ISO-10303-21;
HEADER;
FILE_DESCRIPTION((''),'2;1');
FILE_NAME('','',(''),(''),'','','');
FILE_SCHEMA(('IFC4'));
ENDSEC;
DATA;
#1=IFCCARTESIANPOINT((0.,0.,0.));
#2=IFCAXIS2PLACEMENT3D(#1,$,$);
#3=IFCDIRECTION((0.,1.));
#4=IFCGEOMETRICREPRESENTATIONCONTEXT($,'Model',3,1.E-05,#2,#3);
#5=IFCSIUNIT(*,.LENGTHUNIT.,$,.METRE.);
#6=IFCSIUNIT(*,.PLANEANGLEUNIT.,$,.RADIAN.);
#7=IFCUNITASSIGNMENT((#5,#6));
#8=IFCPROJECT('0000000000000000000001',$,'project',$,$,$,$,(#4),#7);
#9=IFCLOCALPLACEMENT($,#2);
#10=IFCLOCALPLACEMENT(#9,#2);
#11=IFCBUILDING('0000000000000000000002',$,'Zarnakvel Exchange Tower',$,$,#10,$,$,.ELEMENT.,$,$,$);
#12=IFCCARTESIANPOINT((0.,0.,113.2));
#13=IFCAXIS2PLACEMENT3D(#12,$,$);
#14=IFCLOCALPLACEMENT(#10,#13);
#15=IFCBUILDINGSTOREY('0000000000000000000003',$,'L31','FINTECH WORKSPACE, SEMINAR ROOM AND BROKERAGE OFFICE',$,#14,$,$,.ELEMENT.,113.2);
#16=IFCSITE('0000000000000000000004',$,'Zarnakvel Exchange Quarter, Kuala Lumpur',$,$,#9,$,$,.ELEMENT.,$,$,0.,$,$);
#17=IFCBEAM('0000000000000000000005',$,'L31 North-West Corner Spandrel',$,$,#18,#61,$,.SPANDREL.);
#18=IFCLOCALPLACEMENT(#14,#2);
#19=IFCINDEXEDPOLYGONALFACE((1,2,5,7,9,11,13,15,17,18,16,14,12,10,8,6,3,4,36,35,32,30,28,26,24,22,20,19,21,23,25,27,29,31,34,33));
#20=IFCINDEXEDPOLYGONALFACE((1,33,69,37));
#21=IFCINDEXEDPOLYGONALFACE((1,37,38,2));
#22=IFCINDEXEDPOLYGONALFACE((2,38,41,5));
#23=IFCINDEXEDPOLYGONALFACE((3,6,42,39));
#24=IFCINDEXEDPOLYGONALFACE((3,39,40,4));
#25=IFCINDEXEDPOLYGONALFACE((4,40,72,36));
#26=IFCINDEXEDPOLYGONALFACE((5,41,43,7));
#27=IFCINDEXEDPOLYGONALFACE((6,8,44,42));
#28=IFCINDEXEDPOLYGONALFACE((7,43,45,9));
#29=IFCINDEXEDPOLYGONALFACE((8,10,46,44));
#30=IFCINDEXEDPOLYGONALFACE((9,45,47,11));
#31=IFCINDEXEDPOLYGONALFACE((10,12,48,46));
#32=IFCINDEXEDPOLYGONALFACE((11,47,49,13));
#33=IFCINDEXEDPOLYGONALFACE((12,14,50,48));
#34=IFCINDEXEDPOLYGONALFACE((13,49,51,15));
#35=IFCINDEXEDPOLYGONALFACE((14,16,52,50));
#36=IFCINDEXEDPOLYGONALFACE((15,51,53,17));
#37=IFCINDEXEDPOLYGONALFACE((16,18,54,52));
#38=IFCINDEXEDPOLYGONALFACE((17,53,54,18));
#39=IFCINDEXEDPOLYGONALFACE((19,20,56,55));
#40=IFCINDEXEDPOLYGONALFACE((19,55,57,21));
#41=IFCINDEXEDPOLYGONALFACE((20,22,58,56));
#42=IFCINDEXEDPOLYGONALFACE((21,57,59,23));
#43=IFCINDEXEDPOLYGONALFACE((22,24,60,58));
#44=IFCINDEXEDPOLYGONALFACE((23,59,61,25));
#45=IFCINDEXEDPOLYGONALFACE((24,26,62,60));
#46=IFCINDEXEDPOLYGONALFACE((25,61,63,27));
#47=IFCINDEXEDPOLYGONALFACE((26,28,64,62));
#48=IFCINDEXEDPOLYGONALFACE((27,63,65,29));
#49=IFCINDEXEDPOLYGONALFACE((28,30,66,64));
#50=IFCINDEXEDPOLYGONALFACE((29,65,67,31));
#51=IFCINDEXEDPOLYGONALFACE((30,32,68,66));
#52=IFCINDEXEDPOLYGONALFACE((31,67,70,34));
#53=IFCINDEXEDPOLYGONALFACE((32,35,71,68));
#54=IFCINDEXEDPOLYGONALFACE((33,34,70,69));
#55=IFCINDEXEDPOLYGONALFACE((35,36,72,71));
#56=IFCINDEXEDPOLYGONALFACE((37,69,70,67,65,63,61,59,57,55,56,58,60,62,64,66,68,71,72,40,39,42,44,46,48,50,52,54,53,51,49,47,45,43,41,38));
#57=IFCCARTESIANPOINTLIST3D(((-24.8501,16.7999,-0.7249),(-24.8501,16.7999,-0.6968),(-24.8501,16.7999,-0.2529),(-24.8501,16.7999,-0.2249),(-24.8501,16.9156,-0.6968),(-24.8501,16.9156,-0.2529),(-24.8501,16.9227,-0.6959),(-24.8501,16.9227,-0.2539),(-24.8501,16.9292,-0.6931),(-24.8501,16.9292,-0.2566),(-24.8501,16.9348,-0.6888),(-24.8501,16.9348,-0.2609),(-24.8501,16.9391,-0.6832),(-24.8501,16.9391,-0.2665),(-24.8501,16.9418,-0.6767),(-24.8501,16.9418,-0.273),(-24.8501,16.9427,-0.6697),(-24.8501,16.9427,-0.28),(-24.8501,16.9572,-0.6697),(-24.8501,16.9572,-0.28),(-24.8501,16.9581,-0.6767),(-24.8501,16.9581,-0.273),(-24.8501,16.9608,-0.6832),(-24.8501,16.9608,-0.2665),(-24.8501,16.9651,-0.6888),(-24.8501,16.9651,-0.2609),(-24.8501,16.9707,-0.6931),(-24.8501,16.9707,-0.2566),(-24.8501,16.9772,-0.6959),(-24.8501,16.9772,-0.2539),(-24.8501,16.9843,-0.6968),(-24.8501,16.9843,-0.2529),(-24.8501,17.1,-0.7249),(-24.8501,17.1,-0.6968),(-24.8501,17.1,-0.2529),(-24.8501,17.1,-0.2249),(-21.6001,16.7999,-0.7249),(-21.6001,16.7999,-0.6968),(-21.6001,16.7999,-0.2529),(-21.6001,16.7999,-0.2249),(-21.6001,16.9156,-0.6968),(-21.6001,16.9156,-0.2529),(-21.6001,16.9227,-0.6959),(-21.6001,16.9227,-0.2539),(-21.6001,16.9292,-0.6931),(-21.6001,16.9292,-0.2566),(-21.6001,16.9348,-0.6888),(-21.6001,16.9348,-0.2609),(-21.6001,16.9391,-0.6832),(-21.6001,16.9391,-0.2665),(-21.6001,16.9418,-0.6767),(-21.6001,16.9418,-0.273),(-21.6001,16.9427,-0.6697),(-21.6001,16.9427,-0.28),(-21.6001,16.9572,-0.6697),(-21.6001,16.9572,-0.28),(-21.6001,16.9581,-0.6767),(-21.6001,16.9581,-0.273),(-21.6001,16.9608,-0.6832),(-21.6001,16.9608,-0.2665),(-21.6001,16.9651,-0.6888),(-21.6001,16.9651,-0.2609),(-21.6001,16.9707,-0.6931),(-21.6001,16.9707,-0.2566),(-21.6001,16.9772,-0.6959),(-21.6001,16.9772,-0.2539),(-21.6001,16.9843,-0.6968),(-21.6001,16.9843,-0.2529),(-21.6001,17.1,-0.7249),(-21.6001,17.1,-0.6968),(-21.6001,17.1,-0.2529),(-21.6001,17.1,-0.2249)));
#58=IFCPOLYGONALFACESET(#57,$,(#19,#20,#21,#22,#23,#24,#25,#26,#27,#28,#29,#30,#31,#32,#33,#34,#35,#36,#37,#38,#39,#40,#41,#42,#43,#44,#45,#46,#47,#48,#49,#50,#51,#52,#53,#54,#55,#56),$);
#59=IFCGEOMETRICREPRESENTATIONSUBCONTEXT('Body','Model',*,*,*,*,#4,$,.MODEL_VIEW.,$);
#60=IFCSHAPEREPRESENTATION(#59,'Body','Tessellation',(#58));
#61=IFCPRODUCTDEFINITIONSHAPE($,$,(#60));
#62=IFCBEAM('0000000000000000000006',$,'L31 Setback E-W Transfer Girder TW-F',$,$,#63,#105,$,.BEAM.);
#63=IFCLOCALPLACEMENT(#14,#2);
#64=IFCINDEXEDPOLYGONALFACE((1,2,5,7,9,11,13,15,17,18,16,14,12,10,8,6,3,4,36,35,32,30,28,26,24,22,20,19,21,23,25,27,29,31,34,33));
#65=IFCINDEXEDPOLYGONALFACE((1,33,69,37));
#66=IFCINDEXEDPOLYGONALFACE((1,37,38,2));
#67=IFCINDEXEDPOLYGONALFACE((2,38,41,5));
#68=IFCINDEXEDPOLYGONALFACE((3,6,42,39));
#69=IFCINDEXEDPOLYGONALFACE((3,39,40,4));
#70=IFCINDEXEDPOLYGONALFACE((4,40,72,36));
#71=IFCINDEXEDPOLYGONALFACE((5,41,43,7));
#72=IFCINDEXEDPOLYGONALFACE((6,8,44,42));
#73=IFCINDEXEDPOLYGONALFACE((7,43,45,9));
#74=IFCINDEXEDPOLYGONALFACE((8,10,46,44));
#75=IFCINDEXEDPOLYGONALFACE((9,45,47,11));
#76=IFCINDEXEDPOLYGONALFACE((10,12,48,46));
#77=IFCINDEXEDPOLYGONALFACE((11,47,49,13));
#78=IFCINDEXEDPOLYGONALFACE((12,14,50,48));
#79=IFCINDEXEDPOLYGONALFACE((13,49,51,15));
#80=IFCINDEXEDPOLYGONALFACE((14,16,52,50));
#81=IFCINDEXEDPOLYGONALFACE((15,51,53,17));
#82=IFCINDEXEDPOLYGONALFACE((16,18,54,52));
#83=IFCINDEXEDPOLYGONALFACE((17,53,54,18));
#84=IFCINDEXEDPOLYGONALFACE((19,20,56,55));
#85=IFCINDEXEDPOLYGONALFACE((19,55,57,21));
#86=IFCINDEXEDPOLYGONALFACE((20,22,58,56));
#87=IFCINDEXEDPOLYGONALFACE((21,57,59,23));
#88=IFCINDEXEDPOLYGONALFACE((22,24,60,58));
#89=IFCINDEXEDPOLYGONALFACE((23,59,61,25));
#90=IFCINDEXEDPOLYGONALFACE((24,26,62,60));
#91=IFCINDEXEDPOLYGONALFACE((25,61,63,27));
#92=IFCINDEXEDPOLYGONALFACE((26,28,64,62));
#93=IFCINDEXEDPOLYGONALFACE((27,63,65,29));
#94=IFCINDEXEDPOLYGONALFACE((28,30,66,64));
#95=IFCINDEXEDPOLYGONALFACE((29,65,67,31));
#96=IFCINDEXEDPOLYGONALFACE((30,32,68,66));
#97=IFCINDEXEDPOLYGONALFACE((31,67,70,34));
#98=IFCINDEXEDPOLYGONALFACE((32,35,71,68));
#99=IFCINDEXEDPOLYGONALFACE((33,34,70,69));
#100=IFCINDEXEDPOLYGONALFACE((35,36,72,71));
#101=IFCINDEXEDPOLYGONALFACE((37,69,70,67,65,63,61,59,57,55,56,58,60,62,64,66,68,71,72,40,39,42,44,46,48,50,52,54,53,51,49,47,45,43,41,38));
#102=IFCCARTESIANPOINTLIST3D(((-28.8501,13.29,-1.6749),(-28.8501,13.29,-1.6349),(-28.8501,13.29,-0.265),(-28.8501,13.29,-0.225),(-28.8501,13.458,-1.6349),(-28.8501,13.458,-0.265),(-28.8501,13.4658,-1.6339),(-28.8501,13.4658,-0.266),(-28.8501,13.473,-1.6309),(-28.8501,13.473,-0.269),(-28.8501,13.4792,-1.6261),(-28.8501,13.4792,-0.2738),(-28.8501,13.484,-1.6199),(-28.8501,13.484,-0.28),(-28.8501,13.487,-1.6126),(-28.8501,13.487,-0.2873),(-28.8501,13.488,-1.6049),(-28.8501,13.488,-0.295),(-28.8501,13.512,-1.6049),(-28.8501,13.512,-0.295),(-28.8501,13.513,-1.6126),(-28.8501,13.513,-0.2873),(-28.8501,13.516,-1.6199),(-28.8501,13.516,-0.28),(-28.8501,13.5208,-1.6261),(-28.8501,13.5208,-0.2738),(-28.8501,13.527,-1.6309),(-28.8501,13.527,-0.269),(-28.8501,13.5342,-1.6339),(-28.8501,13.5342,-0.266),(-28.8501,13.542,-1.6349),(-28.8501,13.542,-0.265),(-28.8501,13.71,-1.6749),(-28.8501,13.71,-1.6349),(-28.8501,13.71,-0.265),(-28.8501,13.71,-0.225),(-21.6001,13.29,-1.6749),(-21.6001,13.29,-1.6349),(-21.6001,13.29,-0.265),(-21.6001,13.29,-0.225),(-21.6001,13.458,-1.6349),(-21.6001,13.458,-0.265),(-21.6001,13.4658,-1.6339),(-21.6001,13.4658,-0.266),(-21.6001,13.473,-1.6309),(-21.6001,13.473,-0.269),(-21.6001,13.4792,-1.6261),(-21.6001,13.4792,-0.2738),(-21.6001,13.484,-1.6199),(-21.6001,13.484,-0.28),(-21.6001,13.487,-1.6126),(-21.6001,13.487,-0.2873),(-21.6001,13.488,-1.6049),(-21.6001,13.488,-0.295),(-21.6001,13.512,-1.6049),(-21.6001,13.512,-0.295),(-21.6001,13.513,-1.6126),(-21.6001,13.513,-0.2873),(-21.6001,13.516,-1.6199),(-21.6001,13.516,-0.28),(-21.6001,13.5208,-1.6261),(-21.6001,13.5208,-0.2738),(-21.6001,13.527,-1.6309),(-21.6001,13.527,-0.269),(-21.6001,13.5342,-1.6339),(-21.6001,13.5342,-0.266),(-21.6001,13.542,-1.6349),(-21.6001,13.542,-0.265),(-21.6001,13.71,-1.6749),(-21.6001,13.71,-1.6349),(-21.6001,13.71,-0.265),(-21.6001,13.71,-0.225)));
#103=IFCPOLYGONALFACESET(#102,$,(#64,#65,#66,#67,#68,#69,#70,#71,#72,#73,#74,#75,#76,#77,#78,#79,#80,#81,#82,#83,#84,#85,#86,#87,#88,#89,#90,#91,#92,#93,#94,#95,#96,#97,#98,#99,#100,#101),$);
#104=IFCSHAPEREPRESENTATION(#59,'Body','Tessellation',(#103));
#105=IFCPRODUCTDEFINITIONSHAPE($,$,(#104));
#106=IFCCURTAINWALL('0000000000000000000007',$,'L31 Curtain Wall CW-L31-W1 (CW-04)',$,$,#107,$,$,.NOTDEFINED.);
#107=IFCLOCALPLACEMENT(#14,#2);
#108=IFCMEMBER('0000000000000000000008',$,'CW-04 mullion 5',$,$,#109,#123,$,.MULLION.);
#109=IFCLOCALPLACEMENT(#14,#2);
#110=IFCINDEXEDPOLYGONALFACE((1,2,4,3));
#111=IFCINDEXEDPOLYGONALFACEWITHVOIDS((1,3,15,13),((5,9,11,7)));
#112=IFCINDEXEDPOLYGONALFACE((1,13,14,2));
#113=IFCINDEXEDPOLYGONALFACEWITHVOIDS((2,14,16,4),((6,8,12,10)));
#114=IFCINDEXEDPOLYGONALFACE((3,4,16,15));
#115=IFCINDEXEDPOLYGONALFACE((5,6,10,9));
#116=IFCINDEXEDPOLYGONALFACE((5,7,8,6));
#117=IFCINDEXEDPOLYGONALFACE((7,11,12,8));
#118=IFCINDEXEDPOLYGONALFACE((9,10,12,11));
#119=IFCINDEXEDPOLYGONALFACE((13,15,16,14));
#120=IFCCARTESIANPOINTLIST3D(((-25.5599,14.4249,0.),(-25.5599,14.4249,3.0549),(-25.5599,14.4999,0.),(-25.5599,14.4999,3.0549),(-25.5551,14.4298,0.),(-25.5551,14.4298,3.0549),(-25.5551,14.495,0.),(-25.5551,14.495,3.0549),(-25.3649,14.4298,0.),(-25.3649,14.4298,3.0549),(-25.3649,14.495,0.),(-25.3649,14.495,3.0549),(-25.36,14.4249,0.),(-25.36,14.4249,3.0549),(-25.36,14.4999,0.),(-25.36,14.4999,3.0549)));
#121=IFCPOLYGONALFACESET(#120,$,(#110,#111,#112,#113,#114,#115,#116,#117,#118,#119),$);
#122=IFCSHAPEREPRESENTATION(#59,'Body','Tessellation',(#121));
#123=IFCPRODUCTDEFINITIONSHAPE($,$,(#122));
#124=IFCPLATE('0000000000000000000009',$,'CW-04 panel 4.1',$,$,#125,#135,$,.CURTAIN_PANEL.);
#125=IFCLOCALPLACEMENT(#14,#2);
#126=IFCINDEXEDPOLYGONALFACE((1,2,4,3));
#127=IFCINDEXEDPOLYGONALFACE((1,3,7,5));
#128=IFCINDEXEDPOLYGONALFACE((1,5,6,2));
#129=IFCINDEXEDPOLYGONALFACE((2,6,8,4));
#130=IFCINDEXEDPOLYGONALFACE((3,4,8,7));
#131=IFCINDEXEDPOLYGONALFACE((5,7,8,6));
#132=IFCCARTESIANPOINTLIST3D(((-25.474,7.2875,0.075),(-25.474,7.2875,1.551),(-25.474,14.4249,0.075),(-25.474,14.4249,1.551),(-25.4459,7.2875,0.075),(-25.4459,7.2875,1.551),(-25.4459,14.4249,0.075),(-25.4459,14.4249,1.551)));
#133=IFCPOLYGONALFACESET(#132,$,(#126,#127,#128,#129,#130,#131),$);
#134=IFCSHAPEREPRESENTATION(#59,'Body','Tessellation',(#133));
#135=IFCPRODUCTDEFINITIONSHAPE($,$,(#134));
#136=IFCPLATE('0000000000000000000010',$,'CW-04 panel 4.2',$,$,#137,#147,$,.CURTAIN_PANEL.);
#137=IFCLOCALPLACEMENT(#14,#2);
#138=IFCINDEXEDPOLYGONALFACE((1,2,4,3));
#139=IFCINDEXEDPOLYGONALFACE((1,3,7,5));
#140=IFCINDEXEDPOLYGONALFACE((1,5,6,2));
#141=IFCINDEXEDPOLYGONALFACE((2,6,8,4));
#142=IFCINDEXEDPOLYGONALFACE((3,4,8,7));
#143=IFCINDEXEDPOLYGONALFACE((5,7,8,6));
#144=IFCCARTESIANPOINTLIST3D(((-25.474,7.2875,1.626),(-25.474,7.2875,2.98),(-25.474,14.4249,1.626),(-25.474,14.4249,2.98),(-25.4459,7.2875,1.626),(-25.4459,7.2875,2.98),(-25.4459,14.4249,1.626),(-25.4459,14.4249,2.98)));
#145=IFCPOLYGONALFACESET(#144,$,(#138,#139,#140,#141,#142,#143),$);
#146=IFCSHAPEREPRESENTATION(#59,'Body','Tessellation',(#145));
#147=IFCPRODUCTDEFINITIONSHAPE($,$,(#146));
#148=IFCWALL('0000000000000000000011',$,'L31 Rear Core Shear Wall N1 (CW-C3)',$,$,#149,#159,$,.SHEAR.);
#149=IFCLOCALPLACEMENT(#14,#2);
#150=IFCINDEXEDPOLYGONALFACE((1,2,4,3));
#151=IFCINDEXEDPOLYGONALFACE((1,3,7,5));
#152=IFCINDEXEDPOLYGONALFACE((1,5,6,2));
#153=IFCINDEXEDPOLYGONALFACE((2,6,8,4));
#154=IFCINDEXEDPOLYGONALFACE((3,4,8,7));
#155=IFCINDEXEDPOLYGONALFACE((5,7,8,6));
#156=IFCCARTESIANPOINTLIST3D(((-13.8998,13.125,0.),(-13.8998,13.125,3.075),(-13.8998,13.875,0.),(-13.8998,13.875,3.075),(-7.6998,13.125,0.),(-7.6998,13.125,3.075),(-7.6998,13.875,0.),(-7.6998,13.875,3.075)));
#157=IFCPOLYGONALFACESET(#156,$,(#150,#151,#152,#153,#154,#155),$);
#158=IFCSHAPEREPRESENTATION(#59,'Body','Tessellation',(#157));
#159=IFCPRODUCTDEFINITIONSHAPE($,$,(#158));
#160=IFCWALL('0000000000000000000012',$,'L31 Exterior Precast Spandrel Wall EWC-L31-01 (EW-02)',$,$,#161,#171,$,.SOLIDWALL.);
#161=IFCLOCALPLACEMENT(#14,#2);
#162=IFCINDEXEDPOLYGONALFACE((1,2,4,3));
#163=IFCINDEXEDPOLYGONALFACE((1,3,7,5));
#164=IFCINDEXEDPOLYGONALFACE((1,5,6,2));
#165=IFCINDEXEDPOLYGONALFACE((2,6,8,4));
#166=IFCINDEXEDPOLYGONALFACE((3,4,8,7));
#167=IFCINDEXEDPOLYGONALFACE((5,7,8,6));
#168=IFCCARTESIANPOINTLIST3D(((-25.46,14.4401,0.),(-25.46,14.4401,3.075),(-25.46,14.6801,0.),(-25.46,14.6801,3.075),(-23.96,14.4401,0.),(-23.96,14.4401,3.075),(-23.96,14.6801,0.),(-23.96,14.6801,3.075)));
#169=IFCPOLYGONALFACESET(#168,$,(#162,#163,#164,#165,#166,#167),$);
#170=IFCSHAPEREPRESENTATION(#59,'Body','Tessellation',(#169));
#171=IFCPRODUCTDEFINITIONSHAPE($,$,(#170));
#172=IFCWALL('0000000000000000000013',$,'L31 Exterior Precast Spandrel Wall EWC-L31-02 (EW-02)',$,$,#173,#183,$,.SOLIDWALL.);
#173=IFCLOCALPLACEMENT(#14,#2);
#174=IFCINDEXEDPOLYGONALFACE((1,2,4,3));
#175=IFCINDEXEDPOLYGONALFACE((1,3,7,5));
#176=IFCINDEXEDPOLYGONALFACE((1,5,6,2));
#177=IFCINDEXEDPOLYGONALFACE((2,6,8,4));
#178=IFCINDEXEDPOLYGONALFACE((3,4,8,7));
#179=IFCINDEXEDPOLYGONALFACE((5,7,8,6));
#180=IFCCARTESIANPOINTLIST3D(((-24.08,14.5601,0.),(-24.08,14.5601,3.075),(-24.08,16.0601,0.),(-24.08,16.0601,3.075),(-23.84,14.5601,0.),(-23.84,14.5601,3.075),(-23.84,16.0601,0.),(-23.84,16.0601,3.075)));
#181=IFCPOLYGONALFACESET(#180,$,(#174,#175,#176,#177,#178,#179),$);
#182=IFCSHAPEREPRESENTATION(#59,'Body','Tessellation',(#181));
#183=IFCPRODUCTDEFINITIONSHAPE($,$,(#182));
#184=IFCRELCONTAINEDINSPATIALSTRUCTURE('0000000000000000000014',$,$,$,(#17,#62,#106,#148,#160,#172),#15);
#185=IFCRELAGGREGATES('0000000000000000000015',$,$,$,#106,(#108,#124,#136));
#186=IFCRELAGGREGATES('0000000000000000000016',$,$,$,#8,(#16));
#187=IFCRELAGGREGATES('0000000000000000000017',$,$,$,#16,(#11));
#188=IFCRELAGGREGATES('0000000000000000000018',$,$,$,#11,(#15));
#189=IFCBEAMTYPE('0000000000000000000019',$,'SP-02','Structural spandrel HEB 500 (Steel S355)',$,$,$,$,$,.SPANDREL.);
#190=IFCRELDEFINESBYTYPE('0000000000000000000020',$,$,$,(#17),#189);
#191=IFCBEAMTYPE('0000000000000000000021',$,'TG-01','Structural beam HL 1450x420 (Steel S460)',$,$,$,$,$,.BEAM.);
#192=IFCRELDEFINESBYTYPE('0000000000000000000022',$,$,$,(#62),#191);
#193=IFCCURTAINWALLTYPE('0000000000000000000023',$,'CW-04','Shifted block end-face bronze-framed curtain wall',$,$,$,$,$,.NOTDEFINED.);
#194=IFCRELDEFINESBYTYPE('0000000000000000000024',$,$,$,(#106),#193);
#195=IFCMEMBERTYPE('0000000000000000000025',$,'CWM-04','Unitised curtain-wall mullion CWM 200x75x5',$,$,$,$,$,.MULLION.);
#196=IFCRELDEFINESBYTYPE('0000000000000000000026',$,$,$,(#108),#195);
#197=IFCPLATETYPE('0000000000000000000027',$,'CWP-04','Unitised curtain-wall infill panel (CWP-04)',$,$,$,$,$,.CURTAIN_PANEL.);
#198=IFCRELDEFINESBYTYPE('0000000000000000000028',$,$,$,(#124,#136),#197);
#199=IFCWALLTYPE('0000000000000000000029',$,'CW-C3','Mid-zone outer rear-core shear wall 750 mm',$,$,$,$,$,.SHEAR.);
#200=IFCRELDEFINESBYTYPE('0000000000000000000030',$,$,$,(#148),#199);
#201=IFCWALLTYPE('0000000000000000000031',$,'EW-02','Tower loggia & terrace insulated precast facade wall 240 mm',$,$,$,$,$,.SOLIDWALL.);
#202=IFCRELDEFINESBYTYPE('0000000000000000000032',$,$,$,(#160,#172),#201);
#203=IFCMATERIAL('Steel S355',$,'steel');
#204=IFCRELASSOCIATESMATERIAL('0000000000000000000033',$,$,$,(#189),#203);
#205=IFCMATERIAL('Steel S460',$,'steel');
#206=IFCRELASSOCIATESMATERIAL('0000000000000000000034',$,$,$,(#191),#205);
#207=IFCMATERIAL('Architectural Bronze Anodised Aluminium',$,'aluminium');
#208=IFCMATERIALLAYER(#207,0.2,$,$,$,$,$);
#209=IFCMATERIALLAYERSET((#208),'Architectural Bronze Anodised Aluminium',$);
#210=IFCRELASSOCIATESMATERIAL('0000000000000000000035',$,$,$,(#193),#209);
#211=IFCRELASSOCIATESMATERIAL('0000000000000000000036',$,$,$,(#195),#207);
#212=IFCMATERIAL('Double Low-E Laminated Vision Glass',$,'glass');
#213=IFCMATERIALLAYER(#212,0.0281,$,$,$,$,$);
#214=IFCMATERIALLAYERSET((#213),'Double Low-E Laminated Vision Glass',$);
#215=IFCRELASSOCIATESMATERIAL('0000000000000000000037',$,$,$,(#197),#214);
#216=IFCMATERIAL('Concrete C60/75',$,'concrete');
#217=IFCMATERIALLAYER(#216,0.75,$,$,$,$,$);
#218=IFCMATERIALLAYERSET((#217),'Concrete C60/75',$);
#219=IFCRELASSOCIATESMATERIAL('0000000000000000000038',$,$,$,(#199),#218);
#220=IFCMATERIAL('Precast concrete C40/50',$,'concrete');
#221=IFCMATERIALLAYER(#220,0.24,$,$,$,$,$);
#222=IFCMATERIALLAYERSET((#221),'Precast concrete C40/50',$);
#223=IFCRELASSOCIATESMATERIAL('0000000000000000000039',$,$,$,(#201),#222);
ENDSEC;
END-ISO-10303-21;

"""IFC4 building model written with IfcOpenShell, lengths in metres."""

from ifc_helpers import new_model, si_unit, direction, frame, frame_2d, origin, origin_2d, place, context, subcontext, project, spatial, rectangle, hollow_rectangle, i_section, extrude, source, transform, mapped, material, layer, layer_set, material_profile, profile_set, type_object, element, aggregate, save


model = new_model("IFC4")

# Units and contexts
model_context = context("Model", 3, precision=1e-05, world=origin(), true_north=direction((0.0, 1.0)))
body_context = subcontext(model_context, "Body", "Model", "MODEL_VIEW")
ifc_project = project(units=[si_unit("LENGTHUNIT", "METRE"), si_unit("PLANEANGLEUNIT", "RADIAN")], contexts=[model_context])

# Site, building, storey
site_placement = place(None, origin())
site = spatial("IfcSite", under=ifc_project, at=site_placement, Name="Zarnakvel Exchange Quarter, Kuala Lumpur", CompositionType="ELEMENT", RefElevation=0.0)
building_placement = place(site_placement, origin())
building = spatial("IfcBuilding", under=site, at=building_placement, Name="Zarnakvel Exchange Tower", CompositionType="ELEMENT")
storey_placement = place(building_placement, frame((0.0, 0.0, 113.2)))
storey = spatial("IfcBuildingStorey", under=building, at=storey_placement, Name="L31", Description="FINTECH WORKSPACE, SEMINAR ROOM AND BROKERAGE OFFICE", CompositionType="ELEMENT", Elevation=113.2)

# Shared definitions
ifc_material_1 = material(Name="Concrete C60/75", Category="concrete")
ifc_material_2 = material(Name="Steel S355", Category="steel")

# Beams
ifc_material_profile_1 = material_profile(ifc_material_2, i_section(OverallWidth=0.3, OverallDepth=0.5, WebThickness=0.0144, FlangeThickness=0.0281, FilletRadius=0.0271, at=origin_2d()))
ifc_profile_set_1 = profile_set([ifc_material_profile_1], Name="Steel S355")
beam_type_1 = type_object("IfcBeamType", Name="SP-02", Description="Structural spandrel HEB 500 (Steel S355)", PredefinedType="SPANDREL", material=ifc_profile_set_1)
beam_1_placement = place(storey_placement, frame((-24.8501, 16.95, -0.4749), z_axis=(1.0, 0.0, 0.0), x_axis=(0.0, 1.0, 0.0)))
element("IfcBeam", 1, at=beam_1_placement, inside=storey, type_object=beam_type_1, Name="L31 North-West Corner Spandrel", PredefinedType="SPANDREL", context=body_context, shape_type="SweptSolid", body=[
    extrude(i_section(OverallWidth=0.3, OverallDepth=0.5, WebThickness=0.0144, FlangeThickness=0.0281, FilletRadius=0.0271, at=origin_2d()), origin(), (0.0, 0.0, 1.0), 3.25),
])
ifc_material_3 = material(Name="Steel S460", Category="steel")
ifc_material_profile_2 = material_profile(ifc_material_3, i_section(OverallWidth=0.4199, OverallDepth=1.45, WebThickness=0.0239, FlangeThickness=0.04, FilletRadius=0.03, at=origin_2d()))
ifc_profile_set_2 = profile_set([ifc_material_profile_2], Name="Steel S460")
beam_type_2 = type_object("IfcBeamType", Name="TG-01", Description="Structural beam HL 1450x420 (Steel S460)", PredefinedType="BEAM", material=ifc_profile_set_2)
beam_2_placement = place(storey_placement, frame((-28.8501, 13.5, -0.95), z_axis=(1.0, 0.0, 0.0), x_axis=(0.0, 1.0, 0.0)))
element("IfcBeam", 2, at=beam_2_placement, inside=storey, type_object=beam_type_2, Name="L31 Setback E-W Transfer Girder TW-F", PredefinedType="BEAM", context=body_context, shape_type="SweptSolid", body=[
    extrude(i_section(OverallWidth=0.4199, OverallDepth=1.45, WebThickness=0.0239, FlangeThickness=0.04, FilletRadius=0.03, at=origin_2d()), origin(), (0.0, 0.0, 1.0), 7.25),
])

# Curtain wall, member, plates
ifc_material_4 = material(Name="Architectural Bronze Anodised Aluminium", Category="aluminium")
ifc_layer_1 = layer(ifc_material_4, 0.2)
ifc_layer_set_1 = layer_set([ifc_layer_1], Name="Architectural Bronze Anodised Aluminium")
curtain_wall_type = type_object("IfcCurtainWallType", Name="CW-04", Description="Shifted block end-face bronze-framed curtain wall", PredefinedType="NOTDEFINED", material=ifc_layer_set_1)
curtain_wall_placement = place(storey_placement, origin())
curtain_wall = element("IfcCurtainWall", 3, at=curtain_wall_placement, inside=storey, type_object=curtain_wall_type, Name="L31 Curtain Wall CW-L31-W1 (CW-04)", PredefinedType="NOTDEFINED")
ifc_material_profile_3 = material_profile(ifc_material_4, hollow_rectangle(XDim=0.2, YDim=0.075, WallThickness=0.0049, at=origin_2d()))
ifc_profile_set_3 = profile_set([ifc_material_profile_3], Name="Architectural Bronze Anodised Aluminium")
member_type = type_object("IfcMemberType", Name="CWM-04", Description="Unitised curtain-wall mullion CWM 200x75x5", PredefinedType="MULLION", material=ifc_profile_set_3)
shared_shape_1 = source(origin(), body_context, "Body", "SweptSolid", [
    extrude(hollow_rectangle(XDim=0.2, YDim=0.075, WallThickness=0.0049, at=origin_2d()), origin(), (0.0, 0.0, 1.0), 3.0549),
])
member_placement = place(storey_placement, frame((-25.46, 14.4624, 0.0), z_axis=(0.0, 0.0, 1.0), x_axis=(-1.0, 0.0, 0.0)))
member = element("IfcMember", 4, at=member_placement, type_object=member_type, Name="CW-04 mullion 5", PredefinedType="MULLION", context=body_context, shape_type="MappedRepresentation", body=[
    mapped(shared_shape_1, transform((0.0, 0.0, 0.0), x_axis=(1.0, 0.0, 0.0), y_axis=(0.0, 1.0, 0.0), z_axis=(0.0, 0.0, 1.0), scale=1.0)),
])
ifc_material_5 = material(Name="Double Low-E Laminated Vision Glass", Category="glass")
ifc_layer_2 = layer(ifc_material_5, 0.0281)
ifc_layer_set_2 = layer_set([ifc_layer_2], Name="Double Low-E Laminated Vision Glass")
plate_type = type_object("IfcPlateType", Name="CWP-04", Description="Unitised curtain-wall infill panel (CWP-04)", PredefinedType="CURTAIN_PANEL", material=ifc_layer_set_2)
shared_shape_2 = source(origin(), body_context, "Body", "SweptSolid", [
    extrude(rectangle(XDim=7.1375, YDim=0.0281, at=origin_2d()), origin(), (0.0, 0.0, 1.0), 1.4761),
])
plate_1_placement = place(storey_placement, frame((-25.46, 10.8562, 0.075), z_axis=(0.0, 0.0, 1.0), x_axis=(0.0, 1.0, 0.0)))
plate_1 = element("IfcPlate", 5, at=plate_1_placement, type_object=plate_type, Name="CW-04 panel 4.1", PredefinedType="CURTAIN_PANEL", context=body_context, shape_type="MappedRepresentation", body=[
    mapped(shared_shape_2, transform((0.0, 0.0, 0.0), x_axis=(1.0, 0.0, 0.0), y_axis=(0.0, 1.0, 0.0), z_axis=(0.0, 0.0, 1.0), scale=1.0)),
])
shared_shape_3 = source(origin(), body_context, "Body", "SweptSolid", [
    extrude(rectangle(XDim=7.1375, YDim=0.0281, at=origin_2d()), origin(), (0.0, 0.0, 1.0), 1.354),
])
plate_2_placement = place(storey_placement, frame((-25.46, 10.8562, 1.626), z_axis=(0.0, 0.0, 1.0), x_axis=(0.0, 1.0, 0.0)))
plate_2 = element("IfcPlate", 6, at=plate_2_placement, type_object=plate_type, Name="CW-04 panel 4.2", PredefinedType="CURTAIN_PANEL", context=body_context, shape_type="MappedRepresentation", body=[
    mapped(shared_shape_3, transform((0.0, 0.0, 0.0), x_axis=(1.0, 0.0, 0.0), y_axis=(0.0, 1.0, 0.0), z_axis=(0.0, 0.0, 1.0), scale=1.0)),
])
aggregate(curtain_wall, [member, plate_1, plate_2])

# Walls
ifc_layer_3 = layer(ifc_material_1, 0.75)
ifc_layer_set_3 = layer_set([ifc_layer_3], Name="Concrete C60/75")
wall_type_1 = type_object("IfcWallType", Name="CW-C3", Description="Mid-zone outer rear-core shear wall 750 mm", PredefinedType="SHEAR", material=ifc_layer_set_3)
wall_1_placement = place(storey_placement, frame((-13.8999, 13.5, 0.0), z_axis=(0.0, 0.0, 1.0), x_axis=(1.0, 0.0, 0.0)))
element("IfcWall", 7, at=wall_1_placement, inside=storey, type_object=wall_type_1, Name="L31 Rear Core Shear Wall N1 (CW-C3)", PredefinedType="SHEAR", context=body_context, shape_type="SweptSolid", body=[
    extrude(rectangle(XDim=6.2, YDim=0.75, at=frame_2d((3.1001, 0.0))), origin(), (0.0, 0.0, 1.0), 3.075),
])
ifc_material_6 = material(Name="Precast concrete C40/50", Category="concrete")
ifc_layer_4 = layer(ifc_material_6, 0.24)
ifc_layer_set_4 = layer_set([ifc_layer_4], Name="Precast concrete C40/50")
wall_type_2 = type_object("IfcWallType", Name="EW-02", Description="Tower loggia & terrace insulated precast facade wall 240 mm", PredefinedType="SOLIDWALL", material=ifc_layer_set_4)
for number, where, z_axis, x_axis, name in (
    (8, (-23.96, 14.5601, 0.0), (0.0, 0.0, 1.0), (-1.0, 0.0, 0.0), "L31 Exterior Precast Spandrel Wall EWC-L31-01 (EW-02)"),
    (9, (-23.96, 16.0601, 0.0), (0.0, 0.0, 1.0), (0.0, -1.0, 0.0), "L31 Exterior Precast Spandrel Wall EWC-L31-02 (EW-02)"),
):
    element("IfcWall", number, at=place(storey_placement, frame(where, z_axis=z_axis, x_axis=x_axis)), inside=storey, type_object=wall_type_2, Name=name, PredefinedType="SOLIDWALL", context=body_context, shape_type="SweptSolid", body=[
        extrude(rectangle(XDim=1.5, YDim=0.24, at=frame_2d((0.75, 0.0))), origin(), (0.0, 0.0, 1.0), 3.075),
    ])

save(model, "model.ifc")
